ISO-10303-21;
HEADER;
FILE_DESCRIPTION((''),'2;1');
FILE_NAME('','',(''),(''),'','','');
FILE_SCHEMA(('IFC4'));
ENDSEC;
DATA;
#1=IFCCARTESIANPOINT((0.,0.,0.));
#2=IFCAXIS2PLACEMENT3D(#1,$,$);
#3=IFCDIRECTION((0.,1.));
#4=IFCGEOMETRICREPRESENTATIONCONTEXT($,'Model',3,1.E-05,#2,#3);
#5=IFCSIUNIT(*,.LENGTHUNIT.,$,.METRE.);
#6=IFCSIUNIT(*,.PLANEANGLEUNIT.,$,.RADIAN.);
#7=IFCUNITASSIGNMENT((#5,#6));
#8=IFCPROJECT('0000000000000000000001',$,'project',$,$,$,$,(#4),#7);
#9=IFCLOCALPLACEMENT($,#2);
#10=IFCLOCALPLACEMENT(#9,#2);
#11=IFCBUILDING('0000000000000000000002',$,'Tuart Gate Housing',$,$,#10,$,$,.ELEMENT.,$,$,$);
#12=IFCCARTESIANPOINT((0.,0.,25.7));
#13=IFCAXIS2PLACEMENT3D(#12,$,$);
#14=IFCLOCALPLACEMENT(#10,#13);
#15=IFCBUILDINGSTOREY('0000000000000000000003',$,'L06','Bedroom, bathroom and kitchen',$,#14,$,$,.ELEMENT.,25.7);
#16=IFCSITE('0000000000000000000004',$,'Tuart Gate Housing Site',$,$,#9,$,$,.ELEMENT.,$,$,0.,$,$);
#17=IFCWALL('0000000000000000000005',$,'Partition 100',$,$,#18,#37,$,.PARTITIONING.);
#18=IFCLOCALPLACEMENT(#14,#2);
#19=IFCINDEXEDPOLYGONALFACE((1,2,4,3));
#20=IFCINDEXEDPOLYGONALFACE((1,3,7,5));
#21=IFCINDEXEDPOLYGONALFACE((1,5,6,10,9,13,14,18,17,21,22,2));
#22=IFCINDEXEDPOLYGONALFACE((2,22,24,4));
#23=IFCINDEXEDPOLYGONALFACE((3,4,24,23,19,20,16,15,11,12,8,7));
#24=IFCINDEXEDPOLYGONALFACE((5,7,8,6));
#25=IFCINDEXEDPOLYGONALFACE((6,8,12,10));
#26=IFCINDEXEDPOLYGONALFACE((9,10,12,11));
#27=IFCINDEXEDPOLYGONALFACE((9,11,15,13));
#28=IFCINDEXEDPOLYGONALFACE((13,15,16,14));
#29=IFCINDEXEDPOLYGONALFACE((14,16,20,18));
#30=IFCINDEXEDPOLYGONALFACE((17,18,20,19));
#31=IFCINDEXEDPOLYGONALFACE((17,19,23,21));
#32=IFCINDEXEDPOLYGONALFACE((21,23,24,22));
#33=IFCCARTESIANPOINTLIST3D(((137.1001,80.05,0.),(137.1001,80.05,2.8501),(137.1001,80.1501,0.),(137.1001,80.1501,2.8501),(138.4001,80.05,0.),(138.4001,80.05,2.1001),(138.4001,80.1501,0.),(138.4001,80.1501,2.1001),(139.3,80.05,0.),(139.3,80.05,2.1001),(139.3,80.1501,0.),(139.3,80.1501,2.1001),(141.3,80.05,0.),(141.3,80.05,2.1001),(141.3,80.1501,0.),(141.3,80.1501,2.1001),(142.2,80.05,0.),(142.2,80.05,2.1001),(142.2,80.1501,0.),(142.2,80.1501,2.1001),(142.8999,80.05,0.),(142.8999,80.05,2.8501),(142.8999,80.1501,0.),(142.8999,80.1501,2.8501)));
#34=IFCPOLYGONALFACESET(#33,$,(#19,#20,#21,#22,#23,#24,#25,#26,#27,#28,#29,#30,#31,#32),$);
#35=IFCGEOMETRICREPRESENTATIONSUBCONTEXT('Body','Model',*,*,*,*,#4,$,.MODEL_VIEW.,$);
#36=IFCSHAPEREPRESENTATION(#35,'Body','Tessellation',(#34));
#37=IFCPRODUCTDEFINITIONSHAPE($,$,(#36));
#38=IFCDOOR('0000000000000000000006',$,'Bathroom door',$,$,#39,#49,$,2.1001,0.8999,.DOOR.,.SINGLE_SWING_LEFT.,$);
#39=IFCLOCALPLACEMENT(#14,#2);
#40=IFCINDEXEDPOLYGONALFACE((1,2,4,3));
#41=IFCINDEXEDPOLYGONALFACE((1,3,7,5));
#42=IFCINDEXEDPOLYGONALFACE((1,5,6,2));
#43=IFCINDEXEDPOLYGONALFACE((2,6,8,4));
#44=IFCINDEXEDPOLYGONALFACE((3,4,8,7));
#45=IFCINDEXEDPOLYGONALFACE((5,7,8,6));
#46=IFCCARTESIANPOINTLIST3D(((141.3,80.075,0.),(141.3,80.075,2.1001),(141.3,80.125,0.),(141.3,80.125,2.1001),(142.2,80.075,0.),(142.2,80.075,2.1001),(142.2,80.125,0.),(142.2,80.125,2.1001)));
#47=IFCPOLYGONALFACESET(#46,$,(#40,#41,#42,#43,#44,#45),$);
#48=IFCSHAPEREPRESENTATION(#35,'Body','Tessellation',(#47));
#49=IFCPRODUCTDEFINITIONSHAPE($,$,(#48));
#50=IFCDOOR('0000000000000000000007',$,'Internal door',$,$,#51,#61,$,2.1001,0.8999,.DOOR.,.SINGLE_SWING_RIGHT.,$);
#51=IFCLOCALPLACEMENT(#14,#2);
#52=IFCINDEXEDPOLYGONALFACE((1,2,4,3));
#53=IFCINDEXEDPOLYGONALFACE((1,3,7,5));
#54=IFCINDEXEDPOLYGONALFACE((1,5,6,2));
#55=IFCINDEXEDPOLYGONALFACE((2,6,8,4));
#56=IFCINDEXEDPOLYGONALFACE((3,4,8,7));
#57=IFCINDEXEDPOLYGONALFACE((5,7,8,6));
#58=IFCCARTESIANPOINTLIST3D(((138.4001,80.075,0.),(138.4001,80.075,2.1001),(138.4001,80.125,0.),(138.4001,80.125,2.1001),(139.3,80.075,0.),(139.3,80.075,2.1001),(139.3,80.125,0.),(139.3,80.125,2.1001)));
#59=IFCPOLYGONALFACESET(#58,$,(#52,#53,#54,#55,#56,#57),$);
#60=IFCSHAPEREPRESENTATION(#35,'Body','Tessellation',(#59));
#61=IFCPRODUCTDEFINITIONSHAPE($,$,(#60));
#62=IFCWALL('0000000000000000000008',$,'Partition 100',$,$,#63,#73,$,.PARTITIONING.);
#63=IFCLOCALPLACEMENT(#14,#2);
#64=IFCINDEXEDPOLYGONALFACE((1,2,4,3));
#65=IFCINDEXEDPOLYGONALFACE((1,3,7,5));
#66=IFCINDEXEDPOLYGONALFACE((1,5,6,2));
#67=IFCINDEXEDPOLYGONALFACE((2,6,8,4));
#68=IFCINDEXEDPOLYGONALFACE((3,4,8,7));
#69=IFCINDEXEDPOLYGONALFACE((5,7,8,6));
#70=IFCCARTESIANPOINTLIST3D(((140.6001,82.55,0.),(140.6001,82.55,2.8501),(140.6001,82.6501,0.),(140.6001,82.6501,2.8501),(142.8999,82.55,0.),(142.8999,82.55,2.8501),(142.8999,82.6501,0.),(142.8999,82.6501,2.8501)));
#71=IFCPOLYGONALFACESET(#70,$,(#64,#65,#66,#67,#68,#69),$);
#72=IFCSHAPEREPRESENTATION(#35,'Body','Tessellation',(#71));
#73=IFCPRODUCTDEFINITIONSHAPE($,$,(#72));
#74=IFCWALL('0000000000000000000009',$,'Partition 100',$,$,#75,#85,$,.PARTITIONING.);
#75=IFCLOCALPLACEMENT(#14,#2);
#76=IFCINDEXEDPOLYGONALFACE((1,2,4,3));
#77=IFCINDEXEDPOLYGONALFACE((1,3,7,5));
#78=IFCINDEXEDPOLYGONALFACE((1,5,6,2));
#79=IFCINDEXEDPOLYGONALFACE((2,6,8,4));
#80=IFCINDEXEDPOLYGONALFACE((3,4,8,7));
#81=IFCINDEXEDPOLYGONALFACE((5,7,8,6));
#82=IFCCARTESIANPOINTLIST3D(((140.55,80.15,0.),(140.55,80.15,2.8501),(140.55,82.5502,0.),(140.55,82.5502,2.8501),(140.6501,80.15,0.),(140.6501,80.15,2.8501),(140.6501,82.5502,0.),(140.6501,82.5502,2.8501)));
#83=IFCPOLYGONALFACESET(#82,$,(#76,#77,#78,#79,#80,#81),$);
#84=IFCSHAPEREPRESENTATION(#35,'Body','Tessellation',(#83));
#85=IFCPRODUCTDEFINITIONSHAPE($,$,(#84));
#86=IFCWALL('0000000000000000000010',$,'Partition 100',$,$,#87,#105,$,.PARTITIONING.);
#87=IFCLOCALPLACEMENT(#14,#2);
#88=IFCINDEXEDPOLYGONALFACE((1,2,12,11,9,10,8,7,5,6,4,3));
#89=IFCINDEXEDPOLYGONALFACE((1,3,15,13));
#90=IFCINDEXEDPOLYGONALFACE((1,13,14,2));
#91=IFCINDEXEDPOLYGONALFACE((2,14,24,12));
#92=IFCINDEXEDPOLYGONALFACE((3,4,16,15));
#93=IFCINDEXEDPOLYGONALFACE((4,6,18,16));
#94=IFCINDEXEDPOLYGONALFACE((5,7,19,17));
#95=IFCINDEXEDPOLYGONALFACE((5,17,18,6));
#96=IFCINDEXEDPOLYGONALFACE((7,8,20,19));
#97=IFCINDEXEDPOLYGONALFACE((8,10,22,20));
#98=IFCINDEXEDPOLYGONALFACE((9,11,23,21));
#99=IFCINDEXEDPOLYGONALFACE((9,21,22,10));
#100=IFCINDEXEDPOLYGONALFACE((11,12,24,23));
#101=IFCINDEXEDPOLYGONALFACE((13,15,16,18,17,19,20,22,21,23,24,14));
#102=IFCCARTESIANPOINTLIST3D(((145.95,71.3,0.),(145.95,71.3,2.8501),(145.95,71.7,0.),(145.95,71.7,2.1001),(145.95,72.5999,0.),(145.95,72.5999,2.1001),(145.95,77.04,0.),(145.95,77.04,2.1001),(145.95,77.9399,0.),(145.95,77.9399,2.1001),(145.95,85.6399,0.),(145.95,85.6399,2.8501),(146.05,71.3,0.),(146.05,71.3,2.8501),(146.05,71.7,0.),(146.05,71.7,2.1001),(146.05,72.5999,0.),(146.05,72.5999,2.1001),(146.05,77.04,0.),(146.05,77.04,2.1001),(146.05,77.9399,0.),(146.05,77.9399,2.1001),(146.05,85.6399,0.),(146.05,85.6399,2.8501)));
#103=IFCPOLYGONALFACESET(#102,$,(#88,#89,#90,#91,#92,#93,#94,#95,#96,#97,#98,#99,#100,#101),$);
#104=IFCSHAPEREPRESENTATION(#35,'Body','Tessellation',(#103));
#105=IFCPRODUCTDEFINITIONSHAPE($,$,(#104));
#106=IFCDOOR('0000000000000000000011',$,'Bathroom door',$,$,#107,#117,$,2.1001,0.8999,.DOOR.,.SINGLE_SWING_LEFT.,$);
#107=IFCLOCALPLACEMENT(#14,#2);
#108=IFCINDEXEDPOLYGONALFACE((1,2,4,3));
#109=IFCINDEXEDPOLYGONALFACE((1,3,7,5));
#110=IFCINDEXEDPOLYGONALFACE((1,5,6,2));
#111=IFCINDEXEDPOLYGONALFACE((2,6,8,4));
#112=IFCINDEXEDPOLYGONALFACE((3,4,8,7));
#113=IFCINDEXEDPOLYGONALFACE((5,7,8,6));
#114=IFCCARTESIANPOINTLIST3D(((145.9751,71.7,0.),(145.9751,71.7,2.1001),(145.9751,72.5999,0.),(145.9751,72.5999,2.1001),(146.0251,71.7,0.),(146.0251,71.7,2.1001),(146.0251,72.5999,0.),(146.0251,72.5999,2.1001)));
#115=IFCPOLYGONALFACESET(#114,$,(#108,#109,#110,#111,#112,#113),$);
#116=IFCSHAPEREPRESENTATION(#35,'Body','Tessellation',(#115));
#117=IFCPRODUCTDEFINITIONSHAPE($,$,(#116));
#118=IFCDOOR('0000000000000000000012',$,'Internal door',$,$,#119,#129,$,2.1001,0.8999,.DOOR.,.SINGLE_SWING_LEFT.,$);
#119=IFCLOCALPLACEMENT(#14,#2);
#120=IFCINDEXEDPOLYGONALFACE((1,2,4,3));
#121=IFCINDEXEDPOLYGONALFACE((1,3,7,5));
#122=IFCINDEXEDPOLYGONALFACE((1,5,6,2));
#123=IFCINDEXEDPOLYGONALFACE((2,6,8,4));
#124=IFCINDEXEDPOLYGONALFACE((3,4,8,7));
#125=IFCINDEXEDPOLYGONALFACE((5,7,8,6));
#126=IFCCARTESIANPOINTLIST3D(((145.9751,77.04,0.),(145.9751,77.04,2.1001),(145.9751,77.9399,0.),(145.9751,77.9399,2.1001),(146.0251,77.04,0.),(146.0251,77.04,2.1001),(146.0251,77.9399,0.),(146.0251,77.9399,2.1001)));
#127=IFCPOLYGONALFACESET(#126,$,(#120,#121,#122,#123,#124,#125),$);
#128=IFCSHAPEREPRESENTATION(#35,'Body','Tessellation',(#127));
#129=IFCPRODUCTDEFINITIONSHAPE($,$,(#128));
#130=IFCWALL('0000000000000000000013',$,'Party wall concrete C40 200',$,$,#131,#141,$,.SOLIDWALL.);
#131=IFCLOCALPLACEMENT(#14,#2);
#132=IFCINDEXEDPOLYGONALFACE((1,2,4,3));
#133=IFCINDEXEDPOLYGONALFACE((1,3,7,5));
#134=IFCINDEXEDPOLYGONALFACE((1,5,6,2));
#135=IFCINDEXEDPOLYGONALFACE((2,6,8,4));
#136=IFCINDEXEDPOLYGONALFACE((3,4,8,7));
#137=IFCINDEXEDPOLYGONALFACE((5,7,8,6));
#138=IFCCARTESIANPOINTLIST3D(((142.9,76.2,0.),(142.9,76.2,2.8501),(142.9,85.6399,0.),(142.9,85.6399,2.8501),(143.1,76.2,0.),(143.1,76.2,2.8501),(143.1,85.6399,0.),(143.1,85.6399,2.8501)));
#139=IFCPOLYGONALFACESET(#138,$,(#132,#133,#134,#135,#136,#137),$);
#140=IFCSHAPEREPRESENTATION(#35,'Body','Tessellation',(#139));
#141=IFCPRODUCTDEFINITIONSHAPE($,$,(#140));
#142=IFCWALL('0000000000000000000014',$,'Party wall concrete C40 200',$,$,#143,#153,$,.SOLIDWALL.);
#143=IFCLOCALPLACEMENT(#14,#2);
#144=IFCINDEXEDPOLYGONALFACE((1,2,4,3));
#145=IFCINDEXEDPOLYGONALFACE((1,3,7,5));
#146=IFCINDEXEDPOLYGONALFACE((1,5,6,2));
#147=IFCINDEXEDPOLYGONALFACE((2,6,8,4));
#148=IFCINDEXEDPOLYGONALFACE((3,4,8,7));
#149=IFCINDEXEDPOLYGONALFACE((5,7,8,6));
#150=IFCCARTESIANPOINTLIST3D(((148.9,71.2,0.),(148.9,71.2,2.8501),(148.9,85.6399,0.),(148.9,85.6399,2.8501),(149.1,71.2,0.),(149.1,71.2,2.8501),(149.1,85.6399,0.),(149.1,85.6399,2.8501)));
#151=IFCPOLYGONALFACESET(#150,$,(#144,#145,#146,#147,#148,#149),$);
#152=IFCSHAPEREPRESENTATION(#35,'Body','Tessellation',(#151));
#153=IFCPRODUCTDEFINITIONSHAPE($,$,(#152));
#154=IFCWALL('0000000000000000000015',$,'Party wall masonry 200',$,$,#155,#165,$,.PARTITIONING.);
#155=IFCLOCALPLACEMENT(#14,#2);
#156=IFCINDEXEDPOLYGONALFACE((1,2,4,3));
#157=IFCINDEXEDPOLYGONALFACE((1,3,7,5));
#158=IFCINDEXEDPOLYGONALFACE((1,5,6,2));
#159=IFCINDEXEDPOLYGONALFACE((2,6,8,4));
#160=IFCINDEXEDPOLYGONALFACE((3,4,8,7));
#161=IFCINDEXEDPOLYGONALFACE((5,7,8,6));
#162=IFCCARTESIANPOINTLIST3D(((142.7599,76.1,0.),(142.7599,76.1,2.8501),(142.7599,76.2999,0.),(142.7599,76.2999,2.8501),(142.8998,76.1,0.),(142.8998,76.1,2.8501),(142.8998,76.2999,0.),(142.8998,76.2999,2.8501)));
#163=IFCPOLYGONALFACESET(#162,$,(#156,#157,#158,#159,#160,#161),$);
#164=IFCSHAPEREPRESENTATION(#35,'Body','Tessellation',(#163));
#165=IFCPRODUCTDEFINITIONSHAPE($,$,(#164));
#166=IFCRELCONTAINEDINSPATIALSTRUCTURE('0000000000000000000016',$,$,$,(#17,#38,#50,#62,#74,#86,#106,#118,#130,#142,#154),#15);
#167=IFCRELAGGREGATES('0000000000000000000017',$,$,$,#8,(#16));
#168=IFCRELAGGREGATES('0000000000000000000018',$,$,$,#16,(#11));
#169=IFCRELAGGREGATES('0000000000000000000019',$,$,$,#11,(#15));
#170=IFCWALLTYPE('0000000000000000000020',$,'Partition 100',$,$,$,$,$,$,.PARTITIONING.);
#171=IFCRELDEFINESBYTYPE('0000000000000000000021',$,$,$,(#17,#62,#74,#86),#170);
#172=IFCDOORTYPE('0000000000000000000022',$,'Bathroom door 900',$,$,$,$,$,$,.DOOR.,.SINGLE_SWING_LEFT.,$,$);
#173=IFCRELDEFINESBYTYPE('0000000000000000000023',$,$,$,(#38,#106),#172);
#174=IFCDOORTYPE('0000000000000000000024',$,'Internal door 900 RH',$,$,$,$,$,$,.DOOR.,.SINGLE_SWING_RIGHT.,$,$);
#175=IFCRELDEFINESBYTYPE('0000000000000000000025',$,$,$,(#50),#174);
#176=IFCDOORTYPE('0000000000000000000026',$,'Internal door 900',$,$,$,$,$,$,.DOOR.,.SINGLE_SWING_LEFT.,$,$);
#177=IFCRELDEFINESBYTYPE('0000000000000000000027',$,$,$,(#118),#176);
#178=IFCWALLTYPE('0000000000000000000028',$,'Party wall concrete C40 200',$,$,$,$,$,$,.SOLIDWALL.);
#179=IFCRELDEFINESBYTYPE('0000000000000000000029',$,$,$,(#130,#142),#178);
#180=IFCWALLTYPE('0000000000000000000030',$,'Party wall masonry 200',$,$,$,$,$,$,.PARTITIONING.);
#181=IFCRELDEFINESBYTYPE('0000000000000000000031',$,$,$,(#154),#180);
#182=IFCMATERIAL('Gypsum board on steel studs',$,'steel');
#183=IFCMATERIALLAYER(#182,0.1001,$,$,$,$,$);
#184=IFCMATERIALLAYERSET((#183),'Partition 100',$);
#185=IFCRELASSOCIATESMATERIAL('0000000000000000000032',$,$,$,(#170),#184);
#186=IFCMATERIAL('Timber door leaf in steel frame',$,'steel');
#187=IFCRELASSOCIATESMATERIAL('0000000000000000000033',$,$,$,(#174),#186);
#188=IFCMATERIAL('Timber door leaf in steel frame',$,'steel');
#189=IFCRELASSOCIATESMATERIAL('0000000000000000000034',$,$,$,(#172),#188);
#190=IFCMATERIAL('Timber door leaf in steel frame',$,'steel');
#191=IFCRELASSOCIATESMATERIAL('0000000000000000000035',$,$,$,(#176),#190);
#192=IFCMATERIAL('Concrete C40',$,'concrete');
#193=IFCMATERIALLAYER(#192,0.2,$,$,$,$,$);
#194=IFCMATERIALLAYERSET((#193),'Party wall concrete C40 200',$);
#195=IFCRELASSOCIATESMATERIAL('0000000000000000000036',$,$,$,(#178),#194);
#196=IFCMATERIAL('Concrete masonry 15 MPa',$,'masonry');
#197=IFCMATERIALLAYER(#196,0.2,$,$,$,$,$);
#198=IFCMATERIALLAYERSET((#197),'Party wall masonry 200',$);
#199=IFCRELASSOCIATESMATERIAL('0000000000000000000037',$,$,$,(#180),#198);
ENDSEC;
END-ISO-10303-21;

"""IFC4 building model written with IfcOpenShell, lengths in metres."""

from ifc_helpers import new_model, si_unit, direction, frame, frame_2d, origin, place, context, subcontext, project, spatial, rectangle, extrude, material, layer, layer_set, type_object, element, fill, save


model = new_model("IFC4")

# Units and contexts
model_context = context("Model", 3, precision=1e-05, world=origin(), true_north=direction((0.0, 1.0)))
body_context = subcontext(model_context, "Body", "Model", "MODEL_VIEW")
ifc_project = project(units=[si_unit("LENGTHUNIT", "METRE"), si_unit("PLANEANGLEUNIT", "RADIAN")], contexts=[model_context])

# Site, building, storey
site_placement = place(None, origin())
site = spatial("IfcSite", under=ifc_project, at=site_placement, Name="Tuart Gate Housing Site", CompositionType="ELEMENT", RefElevation=0.0)
building_placement = place(site_placement, origin())
building = spatial("IfcBuilding", under=site, at=building_placement, Name="Tuart Gate Housing", CompositionType="ELEMENT")
storey_placement = place(building_placement, frame((0.0, 0.0, 25.7)))
storey = spatial("IfcBuildingStorey", under=building, at=storey_placement, Name="L06", Description="Bedroom, bathroom and kitchen", CompositionType="ELEMENT", Elevation=25.7)

# Shared definitions
ifc_material_1 = material(Name="Gypsum board on steel studs", Category="steel")
ifc_layer_1 = layer(ifc_material_1, 0.1001)
ifc_layer_set_1 = layer_set([ifc_layer_1], Name="Partition 100")
wall_type_1 = type_object("IfcWallType", Name="Partition 100", PredefinedType="PARTITIONING", material=ifc_layer_set_1)

# Shared definitions
ifc_material_2 = material(Name="Timber door leaf in steel frame", Category="steel")
door_type_1 = type_object("IfcDoorType", Name="Internal door 900 RH", OperationType="SINGLE_SWING_RIGHT", PredefinedType="DOOR", material=ifc_material_2)

# Wall, openings, doors
wall_1_placement = place(storey_placement, frame((137.1001, 80.1001, 0.0), z_axis=(0.0, 0.0, 1.0), x_axis=(1.0, 0.0, 0.0)))
wall_1 = element("IfcWall", 1, at=wall_1_placement, inside=storey, type_object=wall_type_1, Name="Partition 100", PredefinedType="PARTITIONING", context=body_context, shape_type="SweptSolid", body=[
    extrude(rectangle(XDim=5.7998, YDim=0.1001, at=frame_2d((2.8999, 0.0))), origin(), (0.0, 0.0, 1.0), 2.8501),
])
opening_1_placement = place(wall_1_placement, frame((1.3, 0.0, 0.0)))
opening_1 = element("IfcOpeningElement", 2, at=opening_1_placement, cuts=wall_1, PredefinedType="OPENING", context=body_context, shape_type="SweptSolid", body=[
    extrude(rectangle(XDim=0.8999, YDim=2.1001, at=frame_2d((0.45, 1.05))), frame((0.0, 0.0601, 0.0), z_axis=(0.0, -1.0, 0.0), x_axis=(1.0, 0.0, 0.0)), (0.0, 0.0, 1.0), 0.1201),
])
opening_2_placement = place(wall_1_placement, frame((4.2, 0.0, 0.0)))
opening_2 = element("IfcOpeningElement", 3, at=opening_2_placement, cuts=wall_1, PredefinedType="OPENING", context=body_context, shape_type="SweptSolid", body=[
    extrude(rectangle(XDim=0.8999, YDim=2.1001, at=frame_2d((0.45, 1.05))), frame((0.0, 0.0601, 0.0), z_axis=(0.0, -1.0, 0.0), x_axis=(1.0, 0.0, 0.0)), (0.0, 0.0, 1.0), 0.1201),
])
ifc_material_3 = material(Name="Timber door leaf in steel frame", Category="steel")
door_type_2 = type_object("IfcDoorType", Name="Bathroom door 900", OperationType="SINGLE_SWING_LEFT", PredefinedType="DOOR", material=ifc_material_3)
door_1_placement = place(opening_2_placement, origin())
door_1 = element("IfcDoor", 4, at=door_1_placement, inside=storey, type_object=door_type_2, Name="Bathroom door", OperationType="SINGLE_SWING_LEFT", OverallHeight=2.1001, OverallWidth=0.8999, PredefinedType="DOOR", context=body_context, shape_type="SweptSolid", body=[
    extrude(rectangle(XDim=0.8999, YDim=2.1001, at=frame_2d((0.45, 1.05))), frame((0.0, 0.0249, 0.0), z_axis=(0.0, -1.0, 0.0), x_axis=(1.0, 0.0, 0.0)), (0.0, 0.0, 1.0), 0.05),
])
fill(opening_2, door_1)
door_2_placement = place(opening_1_placement, origin())
door_2 = element("IfcDoor", 5, at=door_2_placement, inside=storey, type_object=door_type_1, Name="Internal door", OperationType="SINGLE_SWING_RIGHT", OverallHeight=2.1001, OverallWidth=0.8999, PredefinedType="DOOR", context=body_context, shape_type="SweptSolid", body=[
    extrude(rectangle(XDim=0.8999, YDim=2.1001, at=frame_2d((0.45, 1.05))), frame((0.0, 0.0249, 0.0), z_axis=(0.0, -1.0, 0.0), x_axis=(1.0, 0.0, 0.0)), (0.0, 0.0, 1.0), 0.05),
])
fill(opening_1, door_2)

# Walls
wall_2_placement = place(storey_placement, frame((140.6001, 82.6001, 0.0), z_axis=(0.0, 0.0, 1.0), x_axis=(1.0, 0.0, 0.0)))
element("IfcWall", 6, at=wall_2_placement, inside=storey, type_object=wall_type_1, Name="Partition 100", PredefinedType="PARTITIONING", context=body_context, shape_type="SweptSolid", body=[
    extrude(rectangle(XDim=2.2998, YDim=0.1001, at=frame_2d((1.1499, 0.0))), origin(), (0.0, 0.0, 1.0), 2.8501),
])
wall_3_placement = place(storey_placement, frame((140.6001, 80.1499, 0.0), z_axis=(0.0, 0.0, 1.0), x_axis=(0.0, 1.0, 0.0)))
element("IfcWall", 7, at=wall_3_placement, inside=storey, type_object=wall_type_1, Name="Partition 100", PredefinedType="PARTITIONING", context=body_context, shape_type="SweptSolid", body=[
    extrude(rectangle(XDim=2.4001, YDim=0.1001, at=frame_2d((1.2002, 0.0))), origin(), (0.0, 0.0, 1.0), 2.8501),
])

# Wall, openings, doors
wall_4_placement = place(storey_placement, frame((146.0, 71.3, 0.0), z_axis=(0.0, 0.0, 1.0), x_axis=(0.0, 1.0, 0.0)))
wall_4 = element("IfcWall", 8, at=wall_4_placement, inside=storey, type_object=wall_type_1, Name="Partition 100", PredefinedType="PARTITIONING", context=body_context, shape_type="SweptSolid", body=[
    extrude(rectangle(XDim=14.3398, YDim=0.1001, at=frame_2d((7.1699, 0.0))), origin(), (0.0, 0.0, 1.0), 2.8501),
])
opening_3_placement = place(wall_4_placement, frame((5.74, 0.0, 0.0)))
opening_3 = element("IfcOpeningElement", 9, at=opening_3_placement, cuts=wall_4, PredefinedType="OPENING", context=body_context, shape_type="SweptSolid", body=[
    extrude(rectangle(XDim=0.8999, YDim=2.1001, at=frame_2d((0.45, 1.05))), frame((0.0, 0.0601, 0.0), z_axis=(0.0, -1.0, 0.0), x_axis=(1.0, 0.0, 0.0)), (0.0, 0.0, 1.0), 0.1201),
])
opening_4_placement = place(wall_4_placement, frame((0.3999, 0.0, 0.0)))
opening_4 = element("IfcOpeningElement", 10, at=opening_4_placement, cuts=wall_4, PredefinedType="OPENING", context=body_context, shape_type="SweptSolid", body=[
    extrude(rectangle(XDim=0.8999, YDim=2.1001, at=frame_2d((0.45, 1.05))), frame((0.0, 0.0601, 0.0), z_axis=(0.0, -1.0, 0.0), x_axis=(1.0, 0.0, 0.0)), (0.0, 0.0, 1.0), 0.1201),
])
door_3_placement = place(opening_4_placement, origin())
door_3 = element("IfcDoor", 11, at=door_3_placement, inside=storey, type_object=door_type_2, Name="Bathroom door", OperationType="SINGLE_SWING_LEFT", OverallHeight=2.1001, OverallWidth=0.8999, PredefinedType="DOOR", context=body_context, shape_type="SweptSolid", body=[
    extrude(rectangle(XDim=0.8999, YDim=2.1001, at=frame_2d((0.45, 1.05))), frame((0.0, 0.0249, 0.0), z_axis=(0.0, -1.0, 0.0), x_axis=(1.0, 0.0, 0.0)), (0.0, 0.0, 1.0), 0.05),
])
fill(opening_4, door_3)
ifc_material_4 = material(Name="Timber door leaf in steel frame", Category="steel")
door_type_3 = type_object("IfcDoorType", Name="Internal door 900", OperationType="SINGLE_SWING_LEFT", PredefinedType="DOOR", material=ifc_material_4)
door_4_placement = place(opening_3_placement, origin())
door_4 = element("IfcDoor", 12, at=door_4_placement, inside=storey, type_object=door_type_3, Name="Internal door", OperationType="SINGLE_SWING_LEFT", OverallHeight=2.1001, OverallWidth=0.8999, PredefinedType="DOOR", context=body_context, shape_type="SweptSolid", body=[
    extrude(rectangle(XDim=0.8999, YDim=2.1001, at=frame_2d((0.45, 1.05))), frame((0.0, 0.0249, 0.0), z_axis=(0.0, -1.0, 0.0), x_axis=(1.0, 0.0, 0.0)), (0.0, 0.0, 1.0), 0.05),
])
fill(opening_3, door_4)

# Walls
ifc_material_5 = material(Name="Concrete C40", Category="concrete")
ifc_layer_2 = layer(ifc_material_5, 0.2)
ifc_layer_set_2 = layer_set([ifc_layer_2], Name="Party wall concrete C40 200")
wall_type_2 = type_object("IfcWallType", Name="Party wall concrete C40 200", PredefinedType="SOLIDWALL", material=ifc_layer_set_2)
wall_5_placement = place(storey_placement, frame((143.0, 76.2, 0.0), z_axis=(0.0, 0.0, 1.0), x_axis=(0.0, 1.0, 0.0)))
element("IfcWall", 13, at=wall_5_placement, inside=storey, type_object=wall_type_2, Name="Party wall concrete C40 200", PredefinedType="SOLIDWALL", context=body_context, shape_type="SweptSolid", body=[
    extrude(rectangle(XDim=9.4399, YDim=0.2, at=frame_2d((4.72, 0.0))), origin(), (0.0, 0.0, 1.0), 2.8501),
])
wall_6_placement = place(storey_placement, frame((149.0, 71.2, 0.0), z_axis=(0.0, 0.0, 1.0), x_axis=(0.0, 1.0, 0.0)))
element("IfcWall", 14, at=wall_6_placement, inside=storey, type_object=wall_type_2, Name="Party wall concrete C40 200", PredefinedType="SOLIDWALL", context=body_context, shape_type="SweptSolid", body=[
    extrude(rectangle(XDim=14.4399, YDim=0.2, at=frame_2d((7.22, 0.0))), origin(), (0.0, 0.0, 1.0), 2.8501),
])
ifc_material_6 = material(Name="Concrete masonry 15 MPa", Category="masonry")
ifc_layer_3 = layer(ifc_material_6, 0.2)
ifc_layer_set_3 = layer_set([ifc_layer_3], Name="Party wall masonry 200")
wall_type_3 = type_object("IfcWallType", Name="Party wall masonry 200", PredefinedType="PARTITIONING", material=ifc_layer_set_3)
wall_7_placement = place(storey_placement, frame((142.76, 76.2, 0.0), z_axis=(0.0, 0.0, 1.0), x_axis=(1.0, 0.0, 0.0)))
element("IfcWall", 15, at=wall_7_placement, inside=storey, type_object=wall_type_3, Name="Party wall masonry 200", PredefinedType="PARTITIONING", context=body_context, shape_type="SweptSolid", body=[
    extrude(rectangle(XDim=0.1399, YDim=0.2, at=frame_2d((0.0698, 0.0))), origin(), (0.0, 0.0, 1.0), 2.8501),
])

save(model, "model.ifc")
